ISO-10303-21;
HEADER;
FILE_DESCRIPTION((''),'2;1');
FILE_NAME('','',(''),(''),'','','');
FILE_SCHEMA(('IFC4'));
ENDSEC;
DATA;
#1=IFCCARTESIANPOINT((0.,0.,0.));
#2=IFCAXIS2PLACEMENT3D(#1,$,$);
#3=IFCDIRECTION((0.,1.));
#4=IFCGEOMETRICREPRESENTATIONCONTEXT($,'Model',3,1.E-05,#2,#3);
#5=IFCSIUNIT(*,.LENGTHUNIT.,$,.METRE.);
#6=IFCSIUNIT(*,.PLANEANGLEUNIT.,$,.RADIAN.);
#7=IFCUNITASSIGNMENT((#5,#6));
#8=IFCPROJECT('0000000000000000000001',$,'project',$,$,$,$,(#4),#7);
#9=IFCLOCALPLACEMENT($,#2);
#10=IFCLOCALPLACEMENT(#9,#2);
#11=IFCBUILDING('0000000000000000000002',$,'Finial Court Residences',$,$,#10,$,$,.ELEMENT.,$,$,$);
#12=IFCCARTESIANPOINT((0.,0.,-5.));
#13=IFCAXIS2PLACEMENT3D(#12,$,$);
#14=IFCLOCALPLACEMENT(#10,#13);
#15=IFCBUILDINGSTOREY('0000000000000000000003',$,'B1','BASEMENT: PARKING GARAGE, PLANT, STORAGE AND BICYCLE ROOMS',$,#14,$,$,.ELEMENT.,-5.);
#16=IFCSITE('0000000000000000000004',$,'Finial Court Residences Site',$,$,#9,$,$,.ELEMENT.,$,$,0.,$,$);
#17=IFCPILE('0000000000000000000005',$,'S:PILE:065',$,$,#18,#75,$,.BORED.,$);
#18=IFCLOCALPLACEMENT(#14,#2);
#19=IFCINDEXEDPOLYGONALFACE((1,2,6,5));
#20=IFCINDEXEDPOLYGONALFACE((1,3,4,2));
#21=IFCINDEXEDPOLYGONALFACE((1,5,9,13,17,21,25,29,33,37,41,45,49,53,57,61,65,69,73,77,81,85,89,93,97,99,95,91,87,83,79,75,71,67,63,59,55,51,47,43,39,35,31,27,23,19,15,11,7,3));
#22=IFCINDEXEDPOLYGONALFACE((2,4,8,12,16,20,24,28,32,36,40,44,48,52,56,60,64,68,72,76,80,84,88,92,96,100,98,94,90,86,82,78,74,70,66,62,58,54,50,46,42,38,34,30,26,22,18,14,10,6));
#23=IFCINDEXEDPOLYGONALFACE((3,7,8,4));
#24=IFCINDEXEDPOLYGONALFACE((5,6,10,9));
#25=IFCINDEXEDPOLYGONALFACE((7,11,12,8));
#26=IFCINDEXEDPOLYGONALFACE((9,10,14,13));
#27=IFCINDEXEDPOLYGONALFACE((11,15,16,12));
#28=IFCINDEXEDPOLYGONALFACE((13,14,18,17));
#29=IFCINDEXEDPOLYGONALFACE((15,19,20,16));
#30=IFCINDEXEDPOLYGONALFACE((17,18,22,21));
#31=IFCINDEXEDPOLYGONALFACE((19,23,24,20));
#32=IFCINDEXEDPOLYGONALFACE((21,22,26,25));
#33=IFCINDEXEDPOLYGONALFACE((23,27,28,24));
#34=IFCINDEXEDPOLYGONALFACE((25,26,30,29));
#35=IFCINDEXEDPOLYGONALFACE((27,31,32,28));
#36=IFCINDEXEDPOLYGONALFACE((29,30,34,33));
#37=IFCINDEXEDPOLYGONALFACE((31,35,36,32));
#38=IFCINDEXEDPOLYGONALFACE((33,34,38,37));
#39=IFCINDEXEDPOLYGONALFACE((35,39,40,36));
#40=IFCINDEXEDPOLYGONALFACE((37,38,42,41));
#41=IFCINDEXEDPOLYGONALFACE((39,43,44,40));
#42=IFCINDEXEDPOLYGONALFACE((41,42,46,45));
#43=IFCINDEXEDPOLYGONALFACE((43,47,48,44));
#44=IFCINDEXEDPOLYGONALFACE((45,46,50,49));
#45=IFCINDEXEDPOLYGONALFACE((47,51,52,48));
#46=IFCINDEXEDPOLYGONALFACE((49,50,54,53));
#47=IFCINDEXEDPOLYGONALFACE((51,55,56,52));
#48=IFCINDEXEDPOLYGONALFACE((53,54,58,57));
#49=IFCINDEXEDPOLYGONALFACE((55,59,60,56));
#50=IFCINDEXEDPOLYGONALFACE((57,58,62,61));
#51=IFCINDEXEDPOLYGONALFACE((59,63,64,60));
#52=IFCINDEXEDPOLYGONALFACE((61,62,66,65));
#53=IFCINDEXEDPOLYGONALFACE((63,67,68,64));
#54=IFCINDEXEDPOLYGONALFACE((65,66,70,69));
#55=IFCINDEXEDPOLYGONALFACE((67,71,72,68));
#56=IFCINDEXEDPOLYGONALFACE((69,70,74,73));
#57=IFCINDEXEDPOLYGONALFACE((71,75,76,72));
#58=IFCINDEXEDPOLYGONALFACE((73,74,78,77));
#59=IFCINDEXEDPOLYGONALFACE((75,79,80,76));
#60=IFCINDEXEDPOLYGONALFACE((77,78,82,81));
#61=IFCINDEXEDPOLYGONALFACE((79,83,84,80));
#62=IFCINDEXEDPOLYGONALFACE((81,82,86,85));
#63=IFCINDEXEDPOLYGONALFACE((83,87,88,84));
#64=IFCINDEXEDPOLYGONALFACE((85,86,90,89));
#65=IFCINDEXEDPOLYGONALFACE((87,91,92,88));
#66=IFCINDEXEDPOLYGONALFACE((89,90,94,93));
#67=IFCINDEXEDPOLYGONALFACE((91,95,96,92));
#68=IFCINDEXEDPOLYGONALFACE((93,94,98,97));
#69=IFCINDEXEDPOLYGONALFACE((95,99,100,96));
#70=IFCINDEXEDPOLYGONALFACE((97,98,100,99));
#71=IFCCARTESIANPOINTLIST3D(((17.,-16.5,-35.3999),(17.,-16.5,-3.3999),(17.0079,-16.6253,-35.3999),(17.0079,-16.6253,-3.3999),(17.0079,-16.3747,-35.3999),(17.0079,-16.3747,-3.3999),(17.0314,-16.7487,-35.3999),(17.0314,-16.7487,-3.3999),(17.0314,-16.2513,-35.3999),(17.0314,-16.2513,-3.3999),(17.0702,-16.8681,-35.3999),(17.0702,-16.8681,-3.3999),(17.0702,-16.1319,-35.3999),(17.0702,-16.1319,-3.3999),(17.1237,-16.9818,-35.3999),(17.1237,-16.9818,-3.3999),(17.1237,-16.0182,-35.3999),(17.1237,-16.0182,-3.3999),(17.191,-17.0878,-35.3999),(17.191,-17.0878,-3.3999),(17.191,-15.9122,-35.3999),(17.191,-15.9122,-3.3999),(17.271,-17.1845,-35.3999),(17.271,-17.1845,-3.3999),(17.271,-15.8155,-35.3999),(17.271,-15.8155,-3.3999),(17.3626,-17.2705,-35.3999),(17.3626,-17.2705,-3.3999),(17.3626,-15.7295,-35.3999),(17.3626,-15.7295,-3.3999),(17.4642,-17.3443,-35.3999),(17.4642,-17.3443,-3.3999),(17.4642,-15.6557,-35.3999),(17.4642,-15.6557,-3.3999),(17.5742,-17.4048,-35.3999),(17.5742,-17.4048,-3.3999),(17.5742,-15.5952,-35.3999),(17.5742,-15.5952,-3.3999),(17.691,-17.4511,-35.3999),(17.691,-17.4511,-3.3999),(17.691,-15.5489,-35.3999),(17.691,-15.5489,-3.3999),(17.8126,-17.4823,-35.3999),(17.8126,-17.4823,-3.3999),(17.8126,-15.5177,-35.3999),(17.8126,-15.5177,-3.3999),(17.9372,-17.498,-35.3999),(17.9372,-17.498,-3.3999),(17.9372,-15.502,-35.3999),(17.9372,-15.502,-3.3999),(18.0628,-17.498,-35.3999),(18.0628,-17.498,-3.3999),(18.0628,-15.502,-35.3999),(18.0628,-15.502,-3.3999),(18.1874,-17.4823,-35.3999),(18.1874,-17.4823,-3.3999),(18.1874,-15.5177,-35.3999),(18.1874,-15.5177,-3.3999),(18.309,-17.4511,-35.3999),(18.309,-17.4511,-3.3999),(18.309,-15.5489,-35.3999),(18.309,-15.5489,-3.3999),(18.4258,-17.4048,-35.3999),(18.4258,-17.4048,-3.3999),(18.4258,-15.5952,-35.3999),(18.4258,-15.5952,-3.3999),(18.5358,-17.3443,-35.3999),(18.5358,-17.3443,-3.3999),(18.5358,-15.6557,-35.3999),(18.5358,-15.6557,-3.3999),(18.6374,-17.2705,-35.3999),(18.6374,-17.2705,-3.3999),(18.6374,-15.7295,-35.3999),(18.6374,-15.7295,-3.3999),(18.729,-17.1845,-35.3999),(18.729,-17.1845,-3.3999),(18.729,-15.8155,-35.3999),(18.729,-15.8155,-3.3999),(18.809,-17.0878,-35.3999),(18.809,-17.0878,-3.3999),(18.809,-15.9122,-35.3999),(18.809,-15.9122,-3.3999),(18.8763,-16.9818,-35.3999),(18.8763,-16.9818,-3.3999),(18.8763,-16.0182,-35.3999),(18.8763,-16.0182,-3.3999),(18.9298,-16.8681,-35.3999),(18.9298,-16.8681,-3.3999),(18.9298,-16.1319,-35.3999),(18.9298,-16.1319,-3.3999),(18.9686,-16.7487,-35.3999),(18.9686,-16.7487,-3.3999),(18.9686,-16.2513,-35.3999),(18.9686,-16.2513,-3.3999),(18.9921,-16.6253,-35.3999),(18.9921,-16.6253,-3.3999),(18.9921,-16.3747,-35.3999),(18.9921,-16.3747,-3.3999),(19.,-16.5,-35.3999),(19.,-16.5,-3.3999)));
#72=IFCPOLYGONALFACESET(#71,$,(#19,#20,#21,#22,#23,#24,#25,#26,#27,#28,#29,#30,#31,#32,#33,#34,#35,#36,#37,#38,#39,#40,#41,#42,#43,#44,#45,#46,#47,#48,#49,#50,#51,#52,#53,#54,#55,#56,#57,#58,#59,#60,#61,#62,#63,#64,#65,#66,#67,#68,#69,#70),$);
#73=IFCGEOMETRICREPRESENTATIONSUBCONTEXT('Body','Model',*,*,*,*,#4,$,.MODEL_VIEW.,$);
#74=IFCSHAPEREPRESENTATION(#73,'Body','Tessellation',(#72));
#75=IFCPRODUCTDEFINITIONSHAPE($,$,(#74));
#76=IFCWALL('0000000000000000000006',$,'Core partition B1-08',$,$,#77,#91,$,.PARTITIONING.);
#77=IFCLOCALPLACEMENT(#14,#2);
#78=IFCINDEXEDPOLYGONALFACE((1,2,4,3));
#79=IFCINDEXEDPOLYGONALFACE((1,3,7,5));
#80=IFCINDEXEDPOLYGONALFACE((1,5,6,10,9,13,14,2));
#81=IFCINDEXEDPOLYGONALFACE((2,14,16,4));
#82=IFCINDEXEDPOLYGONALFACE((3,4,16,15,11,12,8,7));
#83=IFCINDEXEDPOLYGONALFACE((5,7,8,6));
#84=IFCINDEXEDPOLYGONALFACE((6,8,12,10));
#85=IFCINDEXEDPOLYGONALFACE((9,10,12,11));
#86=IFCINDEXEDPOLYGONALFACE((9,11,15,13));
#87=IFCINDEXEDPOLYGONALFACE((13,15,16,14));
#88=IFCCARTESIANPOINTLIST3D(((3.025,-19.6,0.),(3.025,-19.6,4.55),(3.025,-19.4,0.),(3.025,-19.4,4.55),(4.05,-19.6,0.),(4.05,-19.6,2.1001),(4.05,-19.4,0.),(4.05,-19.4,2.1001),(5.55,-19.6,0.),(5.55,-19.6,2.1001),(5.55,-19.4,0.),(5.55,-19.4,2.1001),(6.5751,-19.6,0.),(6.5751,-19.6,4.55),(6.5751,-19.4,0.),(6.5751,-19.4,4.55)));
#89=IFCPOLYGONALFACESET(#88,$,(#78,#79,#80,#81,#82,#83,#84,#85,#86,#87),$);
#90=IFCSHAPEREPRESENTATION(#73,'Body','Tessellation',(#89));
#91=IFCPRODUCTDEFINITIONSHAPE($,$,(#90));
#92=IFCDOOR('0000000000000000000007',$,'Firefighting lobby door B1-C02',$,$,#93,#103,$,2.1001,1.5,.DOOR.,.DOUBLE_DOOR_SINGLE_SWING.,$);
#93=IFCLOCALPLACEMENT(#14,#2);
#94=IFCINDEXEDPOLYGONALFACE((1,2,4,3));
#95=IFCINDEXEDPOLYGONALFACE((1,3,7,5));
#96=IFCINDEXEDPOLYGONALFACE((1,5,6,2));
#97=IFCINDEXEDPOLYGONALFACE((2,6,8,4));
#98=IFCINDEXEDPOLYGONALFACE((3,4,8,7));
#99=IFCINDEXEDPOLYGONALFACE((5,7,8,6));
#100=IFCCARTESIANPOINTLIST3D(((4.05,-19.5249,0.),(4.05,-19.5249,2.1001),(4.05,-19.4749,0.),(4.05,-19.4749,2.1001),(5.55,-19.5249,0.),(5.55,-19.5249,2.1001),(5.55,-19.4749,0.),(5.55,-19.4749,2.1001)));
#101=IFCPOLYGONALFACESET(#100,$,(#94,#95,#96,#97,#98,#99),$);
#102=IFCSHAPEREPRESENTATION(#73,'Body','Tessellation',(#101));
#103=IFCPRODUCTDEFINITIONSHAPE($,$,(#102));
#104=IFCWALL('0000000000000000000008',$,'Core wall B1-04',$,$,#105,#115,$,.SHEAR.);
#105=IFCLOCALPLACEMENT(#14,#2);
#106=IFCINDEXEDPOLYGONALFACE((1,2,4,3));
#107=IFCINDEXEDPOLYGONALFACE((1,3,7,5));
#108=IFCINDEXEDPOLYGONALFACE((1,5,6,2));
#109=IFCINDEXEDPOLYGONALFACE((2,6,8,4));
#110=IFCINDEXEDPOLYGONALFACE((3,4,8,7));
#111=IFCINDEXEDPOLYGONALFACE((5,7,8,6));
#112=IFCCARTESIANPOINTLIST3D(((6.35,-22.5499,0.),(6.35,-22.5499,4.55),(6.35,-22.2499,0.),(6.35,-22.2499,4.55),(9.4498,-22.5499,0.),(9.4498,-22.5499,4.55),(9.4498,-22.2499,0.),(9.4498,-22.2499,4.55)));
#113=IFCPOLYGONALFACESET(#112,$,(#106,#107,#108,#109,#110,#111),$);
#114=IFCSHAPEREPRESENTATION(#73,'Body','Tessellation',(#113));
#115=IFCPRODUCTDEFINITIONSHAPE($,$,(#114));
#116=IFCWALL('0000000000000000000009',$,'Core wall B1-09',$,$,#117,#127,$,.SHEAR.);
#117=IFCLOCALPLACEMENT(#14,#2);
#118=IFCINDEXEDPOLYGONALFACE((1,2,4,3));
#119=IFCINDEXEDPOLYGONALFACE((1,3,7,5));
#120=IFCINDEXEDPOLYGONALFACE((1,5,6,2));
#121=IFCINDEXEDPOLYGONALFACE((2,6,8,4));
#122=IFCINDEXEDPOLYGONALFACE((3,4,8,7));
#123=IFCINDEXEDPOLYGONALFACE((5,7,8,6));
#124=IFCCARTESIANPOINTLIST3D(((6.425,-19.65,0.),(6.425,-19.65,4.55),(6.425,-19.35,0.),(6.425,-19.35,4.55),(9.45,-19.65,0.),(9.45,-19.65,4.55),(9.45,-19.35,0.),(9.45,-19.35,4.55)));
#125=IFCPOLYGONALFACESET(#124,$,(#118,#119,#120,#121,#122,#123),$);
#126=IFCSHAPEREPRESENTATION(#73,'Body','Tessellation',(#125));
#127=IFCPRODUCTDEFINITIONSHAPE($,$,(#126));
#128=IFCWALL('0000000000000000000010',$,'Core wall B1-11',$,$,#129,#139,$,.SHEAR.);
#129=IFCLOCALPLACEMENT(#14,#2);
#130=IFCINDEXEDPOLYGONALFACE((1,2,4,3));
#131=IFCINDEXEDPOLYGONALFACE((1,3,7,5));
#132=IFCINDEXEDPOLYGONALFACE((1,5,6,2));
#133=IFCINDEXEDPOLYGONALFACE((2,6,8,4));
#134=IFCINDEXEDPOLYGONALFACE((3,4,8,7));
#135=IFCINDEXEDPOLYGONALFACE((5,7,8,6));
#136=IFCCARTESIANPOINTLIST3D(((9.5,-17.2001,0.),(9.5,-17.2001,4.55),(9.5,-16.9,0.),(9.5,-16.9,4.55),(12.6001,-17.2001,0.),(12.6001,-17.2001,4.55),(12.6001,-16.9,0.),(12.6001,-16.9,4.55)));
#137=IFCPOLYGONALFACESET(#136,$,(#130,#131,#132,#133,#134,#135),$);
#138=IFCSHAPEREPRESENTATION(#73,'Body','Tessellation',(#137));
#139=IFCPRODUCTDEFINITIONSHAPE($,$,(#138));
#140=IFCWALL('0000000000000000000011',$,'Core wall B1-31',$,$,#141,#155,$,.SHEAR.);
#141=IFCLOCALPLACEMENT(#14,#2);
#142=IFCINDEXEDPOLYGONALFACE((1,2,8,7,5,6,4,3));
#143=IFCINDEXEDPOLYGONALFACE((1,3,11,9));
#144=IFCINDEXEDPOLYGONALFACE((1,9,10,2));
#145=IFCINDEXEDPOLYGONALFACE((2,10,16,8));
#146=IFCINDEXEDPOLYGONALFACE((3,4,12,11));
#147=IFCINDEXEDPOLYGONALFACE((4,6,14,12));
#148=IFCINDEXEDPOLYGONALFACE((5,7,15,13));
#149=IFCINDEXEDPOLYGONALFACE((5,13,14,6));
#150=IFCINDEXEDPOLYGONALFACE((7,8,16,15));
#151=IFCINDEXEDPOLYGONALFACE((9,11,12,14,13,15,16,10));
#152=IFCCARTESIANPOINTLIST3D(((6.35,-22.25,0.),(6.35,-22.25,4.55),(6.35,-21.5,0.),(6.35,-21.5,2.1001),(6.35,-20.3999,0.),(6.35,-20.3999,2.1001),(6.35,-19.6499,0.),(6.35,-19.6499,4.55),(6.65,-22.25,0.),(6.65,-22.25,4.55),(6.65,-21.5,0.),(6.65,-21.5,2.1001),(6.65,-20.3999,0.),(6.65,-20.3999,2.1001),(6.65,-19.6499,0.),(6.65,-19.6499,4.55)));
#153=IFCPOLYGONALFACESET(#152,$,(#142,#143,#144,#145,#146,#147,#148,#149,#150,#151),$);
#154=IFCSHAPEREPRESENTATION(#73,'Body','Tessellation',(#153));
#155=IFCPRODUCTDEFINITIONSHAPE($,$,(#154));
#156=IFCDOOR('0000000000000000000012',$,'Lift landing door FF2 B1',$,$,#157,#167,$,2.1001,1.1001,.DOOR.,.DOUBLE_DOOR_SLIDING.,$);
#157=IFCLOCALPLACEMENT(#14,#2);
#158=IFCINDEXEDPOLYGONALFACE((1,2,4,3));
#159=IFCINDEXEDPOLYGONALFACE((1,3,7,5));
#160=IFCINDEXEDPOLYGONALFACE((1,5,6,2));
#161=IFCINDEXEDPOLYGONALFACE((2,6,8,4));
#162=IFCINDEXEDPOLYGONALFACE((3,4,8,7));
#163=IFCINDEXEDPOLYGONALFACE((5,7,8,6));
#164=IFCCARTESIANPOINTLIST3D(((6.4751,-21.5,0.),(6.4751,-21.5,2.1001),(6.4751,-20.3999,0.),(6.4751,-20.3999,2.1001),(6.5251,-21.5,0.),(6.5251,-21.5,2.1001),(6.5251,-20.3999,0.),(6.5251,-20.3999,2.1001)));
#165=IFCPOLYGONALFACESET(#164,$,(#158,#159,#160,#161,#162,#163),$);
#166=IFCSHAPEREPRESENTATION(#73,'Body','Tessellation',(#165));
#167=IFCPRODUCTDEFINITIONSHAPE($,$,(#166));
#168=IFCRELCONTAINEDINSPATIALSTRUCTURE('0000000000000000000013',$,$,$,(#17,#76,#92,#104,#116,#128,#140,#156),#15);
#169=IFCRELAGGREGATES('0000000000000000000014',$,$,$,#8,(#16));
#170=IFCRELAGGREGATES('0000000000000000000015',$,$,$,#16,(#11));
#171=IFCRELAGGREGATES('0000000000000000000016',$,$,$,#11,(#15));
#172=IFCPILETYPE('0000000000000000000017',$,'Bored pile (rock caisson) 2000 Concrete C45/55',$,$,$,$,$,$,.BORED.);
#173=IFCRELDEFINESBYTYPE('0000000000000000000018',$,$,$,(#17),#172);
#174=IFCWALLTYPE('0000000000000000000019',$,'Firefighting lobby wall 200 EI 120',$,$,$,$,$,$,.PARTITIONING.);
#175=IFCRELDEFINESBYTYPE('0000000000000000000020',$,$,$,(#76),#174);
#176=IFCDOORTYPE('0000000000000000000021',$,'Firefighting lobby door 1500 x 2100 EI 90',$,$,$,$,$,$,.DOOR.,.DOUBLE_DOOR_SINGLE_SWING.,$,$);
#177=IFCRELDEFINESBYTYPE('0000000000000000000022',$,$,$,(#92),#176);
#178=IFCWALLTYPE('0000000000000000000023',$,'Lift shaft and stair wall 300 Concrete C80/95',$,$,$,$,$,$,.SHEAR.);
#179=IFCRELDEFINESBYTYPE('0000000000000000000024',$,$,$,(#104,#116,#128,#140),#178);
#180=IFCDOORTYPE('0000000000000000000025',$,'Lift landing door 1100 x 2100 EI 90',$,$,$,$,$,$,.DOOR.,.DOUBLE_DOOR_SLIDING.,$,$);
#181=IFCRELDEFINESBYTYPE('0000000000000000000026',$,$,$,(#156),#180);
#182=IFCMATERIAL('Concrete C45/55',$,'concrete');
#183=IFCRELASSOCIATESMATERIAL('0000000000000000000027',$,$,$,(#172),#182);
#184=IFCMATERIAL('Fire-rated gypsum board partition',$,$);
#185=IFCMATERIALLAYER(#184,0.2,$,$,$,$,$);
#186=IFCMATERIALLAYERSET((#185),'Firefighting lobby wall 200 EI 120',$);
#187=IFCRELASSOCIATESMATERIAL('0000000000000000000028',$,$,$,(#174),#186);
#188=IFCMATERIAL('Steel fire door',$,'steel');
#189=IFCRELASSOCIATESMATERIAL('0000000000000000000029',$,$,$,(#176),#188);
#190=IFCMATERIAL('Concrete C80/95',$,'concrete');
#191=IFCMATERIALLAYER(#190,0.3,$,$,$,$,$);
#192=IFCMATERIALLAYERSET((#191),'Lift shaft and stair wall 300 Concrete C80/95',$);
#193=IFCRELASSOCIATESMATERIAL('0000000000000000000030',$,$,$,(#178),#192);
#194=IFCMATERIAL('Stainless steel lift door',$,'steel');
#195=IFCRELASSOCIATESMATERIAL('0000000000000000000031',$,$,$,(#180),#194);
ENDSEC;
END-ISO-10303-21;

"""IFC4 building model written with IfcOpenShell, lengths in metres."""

from ifc_helpers import new_model, si_unit, direction, frame, frame_2d, origin, origin_2d, place, context, subcontext, project, spatial, rectangle, circle, extrude, material, layer, layer_set, material_profile, profile_set, type_object, element, fill, save


model = new_model("IFC4")

# Units and contexts
model_context = context("Model", 3, precision=1e-05, world=origin(), true_north=direction((0.0, 1.0)))
body_context = subcontext(model_context, "Body", "Model", "MODEL_VIEW")
ifc_project = project(units=[si_unit("LENGTHUNIT", "METRE"), si_unit("PLANEANGLEUNIT", "RADIAN")], contexts=[model_context])

# Site, building, storey
site_placement = place(None, origin())
site = spatial("IfcSite", under=ifc_project, at=site_placement, Name="Finial Court Residences Site", CompositionType="ELEMENT", RefElevation=0.0)
building_placement = place(site_placement, origin())
building = spatial("IfcBuilding", under=site, at=building_placement, Name="Finial Court Residences", CompositionType="ELEMENT")
storey_placement = place(building_placement, frame((0.0, 0.0, -5.0)))
storey = spatial("IfcBuildingStorey", under=building, at=storey_placement, Name="B1", Description="BASEMENT: PARKING GARAGE, PLANT, STORAGE AND BICYCLE ROOMS", CompositionType="ELEMENT", Elevation=-5.0)

# Pile
ifc_material_1 = material(Name="Concrete C45/55", Category="concrete")
ifc_material_profile = material_profile(ifc_material_1, circle(Radius=1.0, at=origin_2d()), Name="D2000")
ifc_profile_set = profile_set([ifc_material_profile], Name="Concrete C45/55")
pile_type = type_object("IfcPileType", Name="Bored pile (rock caisson) 2000 Concrete C45/55", PredefinedType="BORED", material=ifc_profile_set)
for number, where, z_axis, x_axis, name in (
    (1, (18.0, -16.5, -3.3999), (0.0, 0.0, -1.0), (1.0, 0.0, 0.0), "S:PILE:065"),
):
    element("IfcPile", number, at=place(storey_placement, frame(where, z_axis=z_axis, x_axis=x_axis)), inside=storey, type_object=pile_type, Name=name, PredefinedType="BORED", context=body_context, shape_type="SweptSolid", body=[
        extrude(circle(Radius=1.0, at=origin_2d()), origin(), (0.0, 0.0, 1.0), 32.0),
    ])

# Wall, opening, door
ifc_material_2 = material(Name="Fire-rated gypsum board partition")
ifc_layer_1 = layer(ifc_material_2, 0.2)
ifc_layer_set_1 = layer_set([ifc_layer_1], Name="Firefighting lobby wall 200 EI 120")
wall_type_1 = type_object("IfcWallType", Name="Firefighting lobby wall 200 EI 120", PredefinedType="PARTITIONING", material=ifc_layer_set_1)
wall_1_placement = place(storey_placement, frame((6.575, -19.5, 0.0), z_axis=(0.0, 0.0, 1.0), x_axis=(-1.0, 0.0, 0.0)))
wall_1 = element("IfcWall", 2, at=wall_1_placement, inside=storey, type_object=wall_type_1, Name="Core partition B1-08", PredefinedType="PARTITIONING", context=body_context, shape_type="SweptSolid", body=[
    extrude(rectangle(XDim=3.55, YDim=0.2, at=frame_2d((1.7749, 0.0))), origin(), (0.0, 0.0, 1.0), 4.55),
])
opening_1_placement = place(wall_1_placement, frame((1.0249, 0.0, 0.0)))
opening_1 = element("IfcOpeningElement", 3, at=opening_1_placement, cuts=wall_1, PredefinedType="OPENING", context=body_context, shape_type="SweptSolid", body=[
    extrude(rectangle(XDim=1.5, YDim=2.1001, at=frame_2d((0.75, 1.05))), frame((0.0, 0.1099, 0.0), z_axis=(0.0, -1.0, 0.0), x_axis=(1.0, 0.0, 0.0)), (0.0, 0.0, 1.0), 0.22),
])
ifc_material_3 = material(Name="Steel fire door", Category="steel")
door_type_1 = type_object("IfcDoorType", Name="Firefighting lobby door 1500 x 2100 EI 90", OperationType="DOUBLE_DOOR_SINGLE_SWING", PredefinedType="DOOR", material=ifc_material_3)
door_1_placement = place(opening_1_placement, origin())
door_1 = element("IfcDoor", 4, at=door_1_placement, inside=storey, type_object=door_type_1, Name="Firefighting lobby door B1-C02", OperationType="DOUBLE_DOOR_SINGLE_SWING", OverallHeight=2.1001, OverallWidth=1.5, PredefinedType="DOOR", context=body_context, shape_type="SweptSolid", body=[
    extrude(rectangle(XDim=1.5, YDim=2.1001, at=frame_2d((0.75, 1.05))), frame((0.0, 0.0249, 0.0), z_axis=(0.0, -1.0, 0.0), x_axis=(1.0, 0.0, 0.0)), (0.0, 0.0, 1.0), 0.05),
])
fill(opening_1, door_1)

# Walls
ifc_material_4 = material(Name="Concrete C80/95", Category="concrete")
ifc_layer_2 = layer(ifc_material_4, 0.3)
ifc_layer_set_2 = layer_set([ifc_layer_2], Name="Lift shaft and stair wall 300 Concrete C80/95")
wall_type_2 = type_object("IfcWallType", Name="Lift shaft and stair wall 300 Concrete C80/95", PredefinedType="SHEAR", material=ifc_layer_set_2)
wall_2_placement = place(storey_placement, frame((6.3501, -22.3999, 0.0), z_axis=(0.0, 0.0, 1.0), x_axis=(1.0, 0.0, 0.0)))
element("IfcWall", 5, at=wall_2_placement, inside=storey, type_object=wall_type_2, Name="Core wall B1-04", PredefinedType="SHEAR", context=body_context, shape_type="SweptSolid", body=[
    extrude(rectangle(XDim=3.0999, YDim=0.3, at=frame_2d((1.5498, 0.0))), origin(), (0.0, 0.0, 1.0), 4.55),
])
wall_3_placement = place(storey_placement, frame((6.425, -19.5, 0.0), z_axis=(0.0, 0.0, 1.0), x_axis=(1.0, 0.0, 0.0)))
element("IfcWall", 6, at=wall_3_placement, inside=storey, type_object=wall_type_2, Name="Core wall B1-09", PredefinedType="SHEAR", context=body_context, shape_type="SweptSolid", body=[
    extrude(rectangle(XDim=3.0249, YDim=0.3, at=frame_2d((1.5125, 0.0))), origin(), (0.0, 0.0, 1.0), 4.55),
])
wall_4_placement = place(storey_placement, frame((9.5, -17.05, 0.0), z_axis=(0.0, 0.0, 1.0), x_axis=(1.0, 0.0, 0.0)))
element("IfcWall", 7, at=wall_4_placement, inside=storey, type_object=wall_type_2, Name="Core wall B1-11", PredefinedType="SHEAR", context=body_context, shape_type="SweptSolid", body=[
    extrude(rectangle(XDim=3.1001, YDim=0.3, at=frame_2d((1.55, 0.0))), origin(), (0.0, 0.0, 1.0), 4.55),
])

# Wall, opening, door
wall_5_placement = place(storey_placement, frame((6.5, -22.25, 0.0), z_axis=(0.0, 0.0, 1.0), x_axis=(0.0, 1.0, 0.0)))
wall_5 = element("IfcWall", 8, at=wall_5_placement, inside=storey, type_object=wall_type_2, Name="Core wall B1-31", PredefinedType="SHEAR", context=body_context, shape_type="SweptSolid", body=[
    extrude(rectangle(XDim=2.6001, YDim=0.3, at=frame_2d((1.3, 0.0))), origin(), (0.0, 0.0, 1.0), 4.55),
])
opening_2_placement = place(wall_5_placement, frame((0.75, 0.0, 0.0)))
opening_2 = element("IfcOpeningElement", 9, at=opening_2_placement, cuts=wall_5, PredefinedType="OPENING", context=body_context, shape_type="SweptSolid", body=[
    extrude(rectangle(XDim=1.1001, YDim=2.1001, at=frame_2d((0.55, 1.05))), frame((0.0, 0.1599, 0.0), z_axis=(0.0, -1.0, 0.0), x_axis=(1.0, 0.0, 0.0)), (0.0, 0.0, 1.0), 0.3201),
])
ifc_material_5 = material(Name="Stainless steel lift door", Category="steel")
door_type_2 = type_object("IfcDoorType", Name="Lift landing door 1100 x 2100 EI 90", OperationType="DOUBLE_DOOR_SLIDING", PredefinedType="DOOR", material=ifc_material_5)
door_2_placement = place(opening_2_placement, origin())
door_2 = element("IfcDoor", 10, at=door_2_placement, inside=storey, type_object=door_type_2, Name="Lift landing door FF2 B1", OperationType="DOUBLE_DOOR_SLIDING", OverallHeight=2.1001, OverallWidth=1.1001, PredefinedType="DOOR", context=body_context, shape_type="SweptSolid", body=[
    extrude(rectangle(XDim=1.1001, YDim=2.1001, at=frame_2d((0.55, 1.05))), frame((0.0, 0.0249, 0.0), z_axis=(0.0, -1.0, 0.0), x_axis=(1.0, 0.0, 0.0)), (0.0, 0.0, 1.0), 0.05),
])
fill(opening_2, door_2)

save(model, "model.ifc")
